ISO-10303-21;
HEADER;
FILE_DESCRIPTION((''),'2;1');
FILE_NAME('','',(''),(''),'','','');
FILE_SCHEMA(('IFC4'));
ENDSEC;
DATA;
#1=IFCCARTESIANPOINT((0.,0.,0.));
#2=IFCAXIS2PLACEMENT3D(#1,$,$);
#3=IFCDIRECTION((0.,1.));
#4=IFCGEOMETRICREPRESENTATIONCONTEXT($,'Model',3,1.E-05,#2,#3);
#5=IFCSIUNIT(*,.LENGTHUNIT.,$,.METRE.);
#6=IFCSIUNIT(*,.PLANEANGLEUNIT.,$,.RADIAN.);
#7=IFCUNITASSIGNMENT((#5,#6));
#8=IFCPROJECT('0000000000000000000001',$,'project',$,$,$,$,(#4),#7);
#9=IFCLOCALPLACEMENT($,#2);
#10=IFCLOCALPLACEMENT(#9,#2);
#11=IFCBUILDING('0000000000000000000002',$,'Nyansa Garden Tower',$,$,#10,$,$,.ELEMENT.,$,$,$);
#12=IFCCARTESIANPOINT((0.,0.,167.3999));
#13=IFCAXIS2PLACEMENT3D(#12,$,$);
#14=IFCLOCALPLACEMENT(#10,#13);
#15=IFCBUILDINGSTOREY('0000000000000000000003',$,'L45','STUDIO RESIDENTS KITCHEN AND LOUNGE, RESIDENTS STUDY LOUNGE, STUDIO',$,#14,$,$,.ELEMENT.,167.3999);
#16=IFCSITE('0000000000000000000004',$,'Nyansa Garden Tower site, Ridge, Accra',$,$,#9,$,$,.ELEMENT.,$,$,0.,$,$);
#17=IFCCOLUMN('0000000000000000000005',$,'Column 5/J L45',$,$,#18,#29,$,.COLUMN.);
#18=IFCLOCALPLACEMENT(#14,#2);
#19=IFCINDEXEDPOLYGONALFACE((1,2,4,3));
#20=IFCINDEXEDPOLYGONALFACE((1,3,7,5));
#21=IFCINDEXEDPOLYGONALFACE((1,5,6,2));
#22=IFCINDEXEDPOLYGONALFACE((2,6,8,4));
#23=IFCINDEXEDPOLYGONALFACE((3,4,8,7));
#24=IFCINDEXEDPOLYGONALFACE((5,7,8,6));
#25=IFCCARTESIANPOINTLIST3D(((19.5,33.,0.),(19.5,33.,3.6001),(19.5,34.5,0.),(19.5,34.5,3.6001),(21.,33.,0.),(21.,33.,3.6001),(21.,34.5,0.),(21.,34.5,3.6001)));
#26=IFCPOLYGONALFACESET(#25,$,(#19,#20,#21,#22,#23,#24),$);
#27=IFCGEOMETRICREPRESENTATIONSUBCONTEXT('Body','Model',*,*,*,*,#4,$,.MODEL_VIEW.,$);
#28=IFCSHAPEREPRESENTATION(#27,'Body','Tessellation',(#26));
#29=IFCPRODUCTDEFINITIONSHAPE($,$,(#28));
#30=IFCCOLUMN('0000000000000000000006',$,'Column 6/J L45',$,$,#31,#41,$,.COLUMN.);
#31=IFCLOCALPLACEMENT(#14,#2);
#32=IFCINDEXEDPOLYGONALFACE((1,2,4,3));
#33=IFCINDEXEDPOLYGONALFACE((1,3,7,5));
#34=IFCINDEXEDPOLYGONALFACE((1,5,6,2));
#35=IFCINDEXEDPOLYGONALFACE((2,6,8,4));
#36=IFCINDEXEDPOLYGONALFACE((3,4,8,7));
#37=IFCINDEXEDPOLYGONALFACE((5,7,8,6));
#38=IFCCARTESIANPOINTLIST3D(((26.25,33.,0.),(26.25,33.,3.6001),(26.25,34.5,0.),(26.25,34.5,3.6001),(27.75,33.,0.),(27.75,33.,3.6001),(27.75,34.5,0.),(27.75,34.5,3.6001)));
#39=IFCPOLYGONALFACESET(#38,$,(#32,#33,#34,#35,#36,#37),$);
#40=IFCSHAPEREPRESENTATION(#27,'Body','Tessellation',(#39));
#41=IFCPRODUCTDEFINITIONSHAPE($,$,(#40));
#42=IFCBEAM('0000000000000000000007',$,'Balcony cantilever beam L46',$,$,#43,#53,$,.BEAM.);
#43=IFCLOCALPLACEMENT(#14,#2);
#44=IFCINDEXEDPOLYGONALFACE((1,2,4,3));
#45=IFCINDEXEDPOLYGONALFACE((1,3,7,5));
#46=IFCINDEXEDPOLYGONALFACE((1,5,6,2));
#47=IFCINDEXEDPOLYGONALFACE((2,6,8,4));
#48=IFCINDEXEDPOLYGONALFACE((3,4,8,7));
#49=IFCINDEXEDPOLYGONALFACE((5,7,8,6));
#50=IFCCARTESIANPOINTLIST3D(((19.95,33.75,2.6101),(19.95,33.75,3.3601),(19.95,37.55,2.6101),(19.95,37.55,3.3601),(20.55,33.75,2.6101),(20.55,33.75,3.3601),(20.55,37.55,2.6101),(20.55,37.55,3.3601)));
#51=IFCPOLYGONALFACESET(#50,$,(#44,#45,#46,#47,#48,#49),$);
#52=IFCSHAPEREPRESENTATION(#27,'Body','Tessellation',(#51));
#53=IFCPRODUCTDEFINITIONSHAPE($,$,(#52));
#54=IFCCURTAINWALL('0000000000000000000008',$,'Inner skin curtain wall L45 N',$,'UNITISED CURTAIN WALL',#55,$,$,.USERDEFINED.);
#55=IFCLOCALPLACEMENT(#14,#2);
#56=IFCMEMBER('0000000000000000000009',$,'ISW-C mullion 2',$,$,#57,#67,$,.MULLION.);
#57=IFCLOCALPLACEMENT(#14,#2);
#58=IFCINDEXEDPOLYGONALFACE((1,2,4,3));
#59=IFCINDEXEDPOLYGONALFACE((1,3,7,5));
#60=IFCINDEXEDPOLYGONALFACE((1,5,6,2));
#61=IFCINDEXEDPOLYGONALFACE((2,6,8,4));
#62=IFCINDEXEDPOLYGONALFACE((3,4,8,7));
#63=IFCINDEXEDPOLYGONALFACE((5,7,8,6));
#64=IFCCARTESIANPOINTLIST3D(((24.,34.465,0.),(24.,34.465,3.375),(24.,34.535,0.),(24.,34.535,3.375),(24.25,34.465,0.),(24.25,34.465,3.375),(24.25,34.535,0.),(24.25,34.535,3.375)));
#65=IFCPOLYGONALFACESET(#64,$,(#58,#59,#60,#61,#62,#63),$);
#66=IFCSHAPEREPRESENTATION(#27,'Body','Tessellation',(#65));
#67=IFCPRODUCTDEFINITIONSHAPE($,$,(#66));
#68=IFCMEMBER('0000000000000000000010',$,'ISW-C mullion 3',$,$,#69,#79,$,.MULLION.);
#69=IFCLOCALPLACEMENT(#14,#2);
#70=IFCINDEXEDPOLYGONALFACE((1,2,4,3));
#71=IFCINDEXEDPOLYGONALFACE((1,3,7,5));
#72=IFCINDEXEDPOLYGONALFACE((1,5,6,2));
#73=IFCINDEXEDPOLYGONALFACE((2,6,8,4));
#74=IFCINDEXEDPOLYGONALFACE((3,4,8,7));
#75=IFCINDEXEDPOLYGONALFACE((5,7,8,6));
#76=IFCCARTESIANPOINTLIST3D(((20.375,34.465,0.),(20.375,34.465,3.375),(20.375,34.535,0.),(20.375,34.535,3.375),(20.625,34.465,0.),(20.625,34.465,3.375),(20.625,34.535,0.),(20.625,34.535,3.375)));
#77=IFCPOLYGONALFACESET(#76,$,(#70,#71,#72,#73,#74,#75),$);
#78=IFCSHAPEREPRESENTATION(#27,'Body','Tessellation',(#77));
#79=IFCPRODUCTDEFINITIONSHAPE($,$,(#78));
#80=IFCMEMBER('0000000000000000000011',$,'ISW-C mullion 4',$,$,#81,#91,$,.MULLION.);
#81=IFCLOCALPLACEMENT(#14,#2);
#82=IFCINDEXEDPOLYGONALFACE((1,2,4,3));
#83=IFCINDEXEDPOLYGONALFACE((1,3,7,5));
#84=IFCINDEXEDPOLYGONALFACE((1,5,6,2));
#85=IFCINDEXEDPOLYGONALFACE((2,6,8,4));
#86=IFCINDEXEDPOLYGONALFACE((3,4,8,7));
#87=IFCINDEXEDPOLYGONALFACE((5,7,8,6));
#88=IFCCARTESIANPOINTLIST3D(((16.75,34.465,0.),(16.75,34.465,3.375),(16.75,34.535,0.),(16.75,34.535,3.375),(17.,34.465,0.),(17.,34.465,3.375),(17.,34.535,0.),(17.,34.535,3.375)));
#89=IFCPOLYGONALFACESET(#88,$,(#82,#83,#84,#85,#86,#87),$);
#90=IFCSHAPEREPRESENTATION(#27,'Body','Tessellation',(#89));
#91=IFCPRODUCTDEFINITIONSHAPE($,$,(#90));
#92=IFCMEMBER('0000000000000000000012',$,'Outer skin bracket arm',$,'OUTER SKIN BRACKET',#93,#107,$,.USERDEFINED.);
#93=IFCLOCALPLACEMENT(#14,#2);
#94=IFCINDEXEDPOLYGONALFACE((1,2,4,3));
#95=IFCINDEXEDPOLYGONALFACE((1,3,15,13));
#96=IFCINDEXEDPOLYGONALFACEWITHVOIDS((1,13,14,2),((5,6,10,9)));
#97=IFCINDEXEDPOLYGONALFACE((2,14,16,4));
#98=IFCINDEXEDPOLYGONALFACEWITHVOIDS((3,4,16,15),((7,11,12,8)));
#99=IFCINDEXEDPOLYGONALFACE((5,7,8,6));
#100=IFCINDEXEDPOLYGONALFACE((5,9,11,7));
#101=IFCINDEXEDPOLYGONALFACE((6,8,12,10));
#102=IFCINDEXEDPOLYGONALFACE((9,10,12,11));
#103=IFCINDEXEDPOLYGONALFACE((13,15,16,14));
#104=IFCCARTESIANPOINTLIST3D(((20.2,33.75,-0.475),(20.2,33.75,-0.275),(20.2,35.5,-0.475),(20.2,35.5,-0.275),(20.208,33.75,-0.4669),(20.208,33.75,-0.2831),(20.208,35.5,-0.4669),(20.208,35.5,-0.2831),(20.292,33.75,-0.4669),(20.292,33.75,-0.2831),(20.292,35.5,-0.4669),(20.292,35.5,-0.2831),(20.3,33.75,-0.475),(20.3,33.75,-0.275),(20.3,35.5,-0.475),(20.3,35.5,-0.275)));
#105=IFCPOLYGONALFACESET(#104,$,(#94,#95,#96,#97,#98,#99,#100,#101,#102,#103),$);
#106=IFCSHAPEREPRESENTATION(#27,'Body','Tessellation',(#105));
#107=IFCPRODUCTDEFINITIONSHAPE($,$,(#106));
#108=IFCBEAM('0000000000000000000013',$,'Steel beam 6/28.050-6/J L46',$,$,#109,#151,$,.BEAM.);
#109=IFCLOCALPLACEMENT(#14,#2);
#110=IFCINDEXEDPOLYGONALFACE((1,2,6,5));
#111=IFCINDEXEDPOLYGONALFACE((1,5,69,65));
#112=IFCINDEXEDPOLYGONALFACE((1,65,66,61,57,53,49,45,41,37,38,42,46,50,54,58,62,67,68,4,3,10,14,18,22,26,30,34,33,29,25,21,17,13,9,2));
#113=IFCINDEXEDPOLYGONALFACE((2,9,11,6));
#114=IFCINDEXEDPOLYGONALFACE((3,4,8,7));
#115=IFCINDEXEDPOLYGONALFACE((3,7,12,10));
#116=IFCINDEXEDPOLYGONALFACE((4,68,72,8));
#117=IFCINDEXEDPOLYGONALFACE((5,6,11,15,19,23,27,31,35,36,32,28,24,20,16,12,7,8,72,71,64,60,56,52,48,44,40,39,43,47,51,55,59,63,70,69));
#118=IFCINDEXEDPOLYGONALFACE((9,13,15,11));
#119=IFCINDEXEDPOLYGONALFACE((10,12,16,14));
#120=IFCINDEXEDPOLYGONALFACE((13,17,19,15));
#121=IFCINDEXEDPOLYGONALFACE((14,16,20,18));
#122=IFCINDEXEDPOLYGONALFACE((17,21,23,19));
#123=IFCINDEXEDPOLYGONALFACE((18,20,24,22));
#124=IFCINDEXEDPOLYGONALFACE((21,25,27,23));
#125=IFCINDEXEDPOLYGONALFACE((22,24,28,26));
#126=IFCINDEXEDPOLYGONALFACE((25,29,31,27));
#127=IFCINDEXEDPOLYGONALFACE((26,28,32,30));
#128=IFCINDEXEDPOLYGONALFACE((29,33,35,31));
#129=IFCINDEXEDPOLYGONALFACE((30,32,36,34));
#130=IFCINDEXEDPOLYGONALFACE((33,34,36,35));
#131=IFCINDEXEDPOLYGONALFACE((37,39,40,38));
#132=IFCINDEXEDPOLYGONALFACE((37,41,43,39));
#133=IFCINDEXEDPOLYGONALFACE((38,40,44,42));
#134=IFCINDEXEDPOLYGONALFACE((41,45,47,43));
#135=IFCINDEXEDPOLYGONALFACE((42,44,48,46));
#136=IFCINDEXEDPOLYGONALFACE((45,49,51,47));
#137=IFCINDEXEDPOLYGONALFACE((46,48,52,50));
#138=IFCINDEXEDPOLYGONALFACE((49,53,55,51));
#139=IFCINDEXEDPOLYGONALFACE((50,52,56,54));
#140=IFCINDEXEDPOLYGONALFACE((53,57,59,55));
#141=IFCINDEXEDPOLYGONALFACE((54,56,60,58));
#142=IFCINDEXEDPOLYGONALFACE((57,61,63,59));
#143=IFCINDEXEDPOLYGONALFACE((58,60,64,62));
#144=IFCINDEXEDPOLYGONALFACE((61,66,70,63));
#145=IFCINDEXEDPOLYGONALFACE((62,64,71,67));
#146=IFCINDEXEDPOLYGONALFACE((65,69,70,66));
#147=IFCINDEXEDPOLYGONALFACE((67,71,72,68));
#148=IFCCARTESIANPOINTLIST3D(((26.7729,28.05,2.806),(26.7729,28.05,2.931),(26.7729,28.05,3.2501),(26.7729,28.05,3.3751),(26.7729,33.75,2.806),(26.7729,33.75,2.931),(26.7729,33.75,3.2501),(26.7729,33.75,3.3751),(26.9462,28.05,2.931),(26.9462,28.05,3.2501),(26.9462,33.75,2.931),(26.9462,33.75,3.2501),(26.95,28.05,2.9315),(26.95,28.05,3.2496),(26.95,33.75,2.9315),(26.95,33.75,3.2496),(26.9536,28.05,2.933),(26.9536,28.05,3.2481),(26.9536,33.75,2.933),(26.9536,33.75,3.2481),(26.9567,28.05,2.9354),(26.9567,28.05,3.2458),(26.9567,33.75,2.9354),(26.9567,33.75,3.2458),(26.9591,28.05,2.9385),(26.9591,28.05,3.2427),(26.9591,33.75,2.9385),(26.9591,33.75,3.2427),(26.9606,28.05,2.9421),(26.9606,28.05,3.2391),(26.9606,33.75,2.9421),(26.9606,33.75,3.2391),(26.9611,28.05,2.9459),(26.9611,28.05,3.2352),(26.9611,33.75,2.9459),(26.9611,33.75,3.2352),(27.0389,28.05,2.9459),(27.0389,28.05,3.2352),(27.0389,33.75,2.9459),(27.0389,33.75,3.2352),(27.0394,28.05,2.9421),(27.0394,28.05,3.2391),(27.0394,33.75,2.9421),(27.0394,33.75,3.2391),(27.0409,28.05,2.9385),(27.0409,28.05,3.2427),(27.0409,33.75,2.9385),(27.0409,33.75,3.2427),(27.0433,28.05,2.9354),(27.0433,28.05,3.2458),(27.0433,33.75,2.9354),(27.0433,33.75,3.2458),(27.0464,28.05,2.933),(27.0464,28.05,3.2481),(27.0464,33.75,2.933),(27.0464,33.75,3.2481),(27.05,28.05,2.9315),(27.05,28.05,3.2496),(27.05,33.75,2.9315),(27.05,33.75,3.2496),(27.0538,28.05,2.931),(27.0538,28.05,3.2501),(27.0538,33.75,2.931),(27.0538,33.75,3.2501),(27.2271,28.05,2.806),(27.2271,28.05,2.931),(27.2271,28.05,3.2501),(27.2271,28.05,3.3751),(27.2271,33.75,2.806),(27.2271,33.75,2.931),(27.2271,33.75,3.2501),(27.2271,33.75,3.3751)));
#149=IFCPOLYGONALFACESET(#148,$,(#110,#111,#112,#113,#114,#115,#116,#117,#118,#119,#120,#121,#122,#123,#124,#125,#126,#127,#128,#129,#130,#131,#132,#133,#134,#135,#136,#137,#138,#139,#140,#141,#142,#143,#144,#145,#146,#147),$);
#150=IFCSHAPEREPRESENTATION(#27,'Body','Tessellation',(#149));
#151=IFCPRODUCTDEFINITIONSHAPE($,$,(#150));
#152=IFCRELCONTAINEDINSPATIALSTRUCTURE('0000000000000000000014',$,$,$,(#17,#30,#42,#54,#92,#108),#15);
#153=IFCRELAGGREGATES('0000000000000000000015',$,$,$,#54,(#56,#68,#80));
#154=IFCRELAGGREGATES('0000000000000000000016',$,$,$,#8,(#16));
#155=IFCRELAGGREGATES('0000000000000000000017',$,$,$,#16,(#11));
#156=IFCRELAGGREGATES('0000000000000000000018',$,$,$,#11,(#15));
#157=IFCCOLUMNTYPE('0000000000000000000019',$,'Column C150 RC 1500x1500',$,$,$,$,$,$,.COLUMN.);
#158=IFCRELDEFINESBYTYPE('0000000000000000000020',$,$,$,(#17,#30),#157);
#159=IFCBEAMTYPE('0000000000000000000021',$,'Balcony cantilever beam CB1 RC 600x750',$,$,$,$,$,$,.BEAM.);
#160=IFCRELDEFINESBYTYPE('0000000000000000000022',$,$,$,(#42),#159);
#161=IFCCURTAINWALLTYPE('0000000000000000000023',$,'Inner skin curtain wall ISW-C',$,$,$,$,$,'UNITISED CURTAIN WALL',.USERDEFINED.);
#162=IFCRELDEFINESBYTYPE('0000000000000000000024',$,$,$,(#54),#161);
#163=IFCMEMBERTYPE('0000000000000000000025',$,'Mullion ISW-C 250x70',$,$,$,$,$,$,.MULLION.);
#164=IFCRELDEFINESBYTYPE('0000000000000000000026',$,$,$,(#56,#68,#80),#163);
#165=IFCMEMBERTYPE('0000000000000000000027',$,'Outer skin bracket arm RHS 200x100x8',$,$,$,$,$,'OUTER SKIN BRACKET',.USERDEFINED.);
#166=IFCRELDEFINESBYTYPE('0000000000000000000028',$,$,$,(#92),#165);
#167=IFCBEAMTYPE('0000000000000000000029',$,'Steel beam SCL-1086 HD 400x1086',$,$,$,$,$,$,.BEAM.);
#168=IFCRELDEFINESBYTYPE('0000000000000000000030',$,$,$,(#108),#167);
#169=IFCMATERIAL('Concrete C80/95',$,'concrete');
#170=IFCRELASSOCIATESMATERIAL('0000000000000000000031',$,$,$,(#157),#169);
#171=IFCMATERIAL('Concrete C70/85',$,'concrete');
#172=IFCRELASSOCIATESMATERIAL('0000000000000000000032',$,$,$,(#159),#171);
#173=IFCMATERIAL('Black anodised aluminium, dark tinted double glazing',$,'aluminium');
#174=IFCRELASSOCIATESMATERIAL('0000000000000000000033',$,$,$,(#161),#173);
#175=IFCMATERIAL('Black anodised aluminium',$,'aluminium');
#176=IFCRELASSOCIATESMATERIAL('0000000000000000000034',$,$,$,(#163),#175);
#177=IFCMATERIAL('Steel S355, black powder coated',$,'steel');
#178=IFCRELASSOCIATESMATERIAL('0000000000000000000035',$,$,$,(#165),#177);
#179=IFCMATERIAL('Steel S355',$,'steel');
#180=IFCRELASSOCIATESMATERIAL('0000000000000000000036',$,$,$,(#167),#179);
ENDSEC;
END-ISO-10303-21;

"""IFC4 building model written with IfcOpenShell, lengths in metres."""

from ifc_helpers import new_model, si_unit, direction, frame, origin, origin_2d, place, context, subcontext, project, spatial, rectangle, hollow_rectangle, i_section, extrude, material, material_profile, profile_set, type_object, element, aggregate, save


model = new_model("IFC4")

# Units and contexts
model_context = context("Model", 3, precision=1e-05, world=origin(), true_north=direction((0.0, 1.0)))
body_context = subcontext(model_context, "Body", "Model", "MODEL_VIEW")
ifc_project = project(units=[si_unit("LENGTHUNIT", "METRE"), si_unit("PLANEANGLEUNIT", "RADIAN")], contexts=[model_context])

# Site, building, storey
site_placement = place(None, origin())
site = spatial("IfcSite", under=ifc_project, at=site_placement, Name="Nyansa Garden Tower site, Ridge, Accra", CompositionType="ELEMENT", RefElevation=0.0)
building_placement = place(site_placement, origin())
building = spatial("IfcBuilding", under=site, at=building_placement, Name="Nyansa Garden Tower", CompositionType="ELEMENT")
storey_placement = place(building_placement, frame((0.0, 0.0, 167.3999)))
storey = spatial("IfcBuildingStorey", under=building, at=storey_placement, Name="L45", Description="STUDIO RESIDENTS KITCHEN AND LOUNGE, RESIDENTS STUDY LOUNGE, STUDIO", CompositionType="ELEMENT", Elevation=167.3999)

# Columns
ifc_material_1 = material(Name="Concrete C80/95", Category="concrete")
ifc_material_profile_1 = material_profile(ifc_material_1, rectangle(XDim=1.5, YDim=1.5, at=origin_2d()), Name="RC 1500x1500")
ifc_profile_set_1 = profile_set([ifc_material_profile_1], Name="Concrete C80/95")
column_type = type_object("IfcColumnType", Name="Column C150 RC 1500x1500", PredefinedType="COLUMN", material=ifc_profile_set_1)
for number, where, z_axis, x_axis, name in (
    (1, (20.25, 33.75, 0.0), (0.0, 0.0, 1.0), (1.0, 0.0, 0.0), "Column 5/J L45"),
    (2, (27.0, 33.75, 0.0), (0.0, 0.0, 1.0), (1.0, 0.0, 0.0), "Column 6/J L45"),
):
    element("IfcColumn", number, at=place(storey_placement, frame(where, z_axis=z_axis, x_axis=x_axis)), inside=storey, type_object=column_type, Name=name, PredefinedType="COLUMN", context=body_context, shape_type="SweptSolid", body=[
        extrude(rectangle(XDim=1.5, YDim=1.5, at=origin_2d()), origin(), (0.0, 0.0, 1.0), 3.6001),
    ])

# Beam
ifc_material_2 = material(Name="Concrete C70/85", Category="concrete")
ifc_material_profile_2 = material_profile(ifc_material_2, rectangle(XDim=0.6001, YDim=0.75, at=origin_2d()), Name="RC 600x750")
ifc_profile_set_2 = profile_set([ifc_material_profile_2], Name="Concrete C70/85")
beam_type_1 = type_object("IfcBeamType", Name="Balcony cantilever beam CB1 RC 600x750", PredefinedType="BEAM", material=ifc_profile_set_2)
beam_1_placement = place(storey_placement, frame((20.25, 33.75, 2.9851), z_axis=(0.0, 1.0, 0.0), x_axis=(-1.0, 0.0, 0.0)))
element("IfcBeam", 3, at=beam_1_placement, inside=storey, type_object=beam_type_1, Name="Balcony cantilever beam L46", PredefinedType="BEAM", context=body_context, shape_type="SweptSolid", body=[
    extrude(rectangle(XDim=0.6001, YDim=0.75, at=origin_2d()), origin(), (0.0, 0.0, 1.0), 3.8),
])

# Curtain wall, members
ifc_material_3 = material(Name="Black anodised aluminium, dark tinted double glazing", Category="aluminium")
curtain_wall_type = type_object("IfcCurtainWallType", Name="Inner skin curtain wall ISW-C", ElementType="UNITISED CURTAIN WALL", PredefinedType="USERDEFINED", material=ifc_material_3)
curtain_wall_placement = place(storey_placement, origin())
curtain_wall = element("IfcCurtainWall", 4, at=curtain_wall_placement, inside=storey, type_object=curtain_wall_type, Name="Inner skin curtain wall L45 N", ObjectType="UNITISED CURTAIN WALL", PredefinedType="USERDEFINED")
ifc_material_4 = material(Name="Black anodised aluminium", Category="aluminium")
ifc_material_profile_3 = material_profile(ifc_material_4, rectangle(XDim=0.0701, YDim=0.25, at=origin_2d()), Name="Mullion 250x70")
ifc_profile_set_3 = profile_set([ifc_material_profile_3], Name="Black anodised aluminium")
member_type_1 = type_object("IfcMemberType", Name="Mullion ISW-C 250x70", PredefinedType="MULLION", material=ifc_profile_set_3)
member_1_placement = place(storey_placement, frame((24.125, 34.5, 0.0), z_axis=(0.0, 0.0, 1.0), x_axis=(0.0, -1.0, 0.0)))
member_1 = element("IfcMember", 5, at=member_1_placement, type_object=member_type_1, Name="ISW-C mullion 2", PredefinedType="MULLION", context=body_context, shape_type="SweptSolid", body=[
    extrude(rectangle(XDim=0.0701, YDim=0.25, at=origin_2d()), origin(), (0.0, 0.0, 1.0), 3.375),
])
member_2_placement = place(storey_placement, frame((20.5, 34.5, 0.0), z_axis=(0.0, 0.0, 1.0), x_axis=(0.0, -1.0, 0.0)))
member_2 = element("IfcMember", 6, at=member_2_placement, type_object=member_type_1, Name="ISW-C mullion 3", PredefinedType="MULLION", context=body_context, shape_type="SweptSolid", body=[
    extrude(rectangle(XDim=0.0701, YDim=0.25, at=origin_2d()), origin(), (0.0, 0.0, 1.0), 3.375),
])
member_3_placement = place(storey_placement, frame((16.875, 34.5, 0.0), z_axis=(0.0, 0.0, 1.0), x_axis=(0.0, -1.0, 0.0)))
member_3 = element("IfcMember", 7, at=member_3_placement, type_object=member_type_1, Name="ISW-C mullion 4", PredefinedType="MULLION", context=body_context, shape_type="SweptSolid", body=[
    extrude(rectangle(XDim=0.0701, YDim=0.25, at=origin_2d()), origin(), (0.0, 0.0, 1.0), 3.375),
])

# Member
ifc_material_5 = material(Name="Steel S355, black powder coated", Category="steel")
ifc_material_profile_4 = material_profile(ifc_material_5, hollow_rectangle(XDim=0.1001, YDim=0.2, WallThickness=0.0081, at=origin_2d()), Name="RHS 200x100x8")
ifc_profile_set_4 = profile_set([ifc_material_profile_4], Name="Steel S355, black powder coated")
member_type_2 = type_object("IfcMemberType", Name="Outer skin bracket arm RHS 200x100x8", ElementType="OUTER SKIN BRACKET", PredefinedType="USERDEFINED", material=ifc_profile_set_4)
member_4_placement = place(storey_placement, frame((20.25, 33.75, -0.375), z_axis=(0.0, 1.0, 0.0), x_axis=(-1.0, 0.0, 0.0)))
element("IfcMember", 8, at=member_4_placement, inside=storey, type_object=member_type_2, Name="Outer skin bracket arm", ObjectType="OUTER SKIN BRACKET", PredefinedType="USERDEFINED", context=body_context, shape_type="SweptSolid", body=[
    extrude(hollow_rectangle(XDim=0.1001, YDim=0.2, WallThickness=0.0081, at=origin_2d()), origin(), (0.0, 0.0, 1.0), 1.75),
])

# Beam
ifc_material_6 = material(Name="Steel S355", Category="steel")
ifc_material_profile_5 = material_profile(ifc_material_6, i_section(OverallWidth=0.4541, OverallDepth=0.5691, WebThickness=0.0779, FlangeThickness=0.125, FilletRadius=0.0149, at=origin_2d()), Name="HD 400x1086")
ifc_profile_set_5 = profile_set([ifc_material_profile_5], Name="Steel S355")
beam_type_2 = type_object("IfcBeamType", Name="Steel beam SCL-1086 HD 400x1086", PredefinedType="BEAM", material=ifc_profile_set_5)
beam_2_placement = place(storey_placement, frame((27.0, 28.05, 3.0906), z_axis=(0.0, 1.0, 0.0), x_axis=(-1.0, 0.0, 0.0)))
element("IfcBeam", 9, at=beam_2_placement, inside=storey, type_object=beam_type_2, Name="Steel beam 6/28.050-6/J L46", PredefinedType="BEAM", context=body_context, shape_type="SweptSolid", body=[
    extrude(i_section(OverallWidth=0.4541, OverallDepth=0.5691, WebThickness=0.0779, FlangeThickness=0.125, FilletRadius=0.0149, at=origin_2d()), origin(), (0.0, 0.0, 1.0), 5.7),
])

aggregate(curtain_wall, [member_1, member_2, member_3])

save(model, "model.ifc")
